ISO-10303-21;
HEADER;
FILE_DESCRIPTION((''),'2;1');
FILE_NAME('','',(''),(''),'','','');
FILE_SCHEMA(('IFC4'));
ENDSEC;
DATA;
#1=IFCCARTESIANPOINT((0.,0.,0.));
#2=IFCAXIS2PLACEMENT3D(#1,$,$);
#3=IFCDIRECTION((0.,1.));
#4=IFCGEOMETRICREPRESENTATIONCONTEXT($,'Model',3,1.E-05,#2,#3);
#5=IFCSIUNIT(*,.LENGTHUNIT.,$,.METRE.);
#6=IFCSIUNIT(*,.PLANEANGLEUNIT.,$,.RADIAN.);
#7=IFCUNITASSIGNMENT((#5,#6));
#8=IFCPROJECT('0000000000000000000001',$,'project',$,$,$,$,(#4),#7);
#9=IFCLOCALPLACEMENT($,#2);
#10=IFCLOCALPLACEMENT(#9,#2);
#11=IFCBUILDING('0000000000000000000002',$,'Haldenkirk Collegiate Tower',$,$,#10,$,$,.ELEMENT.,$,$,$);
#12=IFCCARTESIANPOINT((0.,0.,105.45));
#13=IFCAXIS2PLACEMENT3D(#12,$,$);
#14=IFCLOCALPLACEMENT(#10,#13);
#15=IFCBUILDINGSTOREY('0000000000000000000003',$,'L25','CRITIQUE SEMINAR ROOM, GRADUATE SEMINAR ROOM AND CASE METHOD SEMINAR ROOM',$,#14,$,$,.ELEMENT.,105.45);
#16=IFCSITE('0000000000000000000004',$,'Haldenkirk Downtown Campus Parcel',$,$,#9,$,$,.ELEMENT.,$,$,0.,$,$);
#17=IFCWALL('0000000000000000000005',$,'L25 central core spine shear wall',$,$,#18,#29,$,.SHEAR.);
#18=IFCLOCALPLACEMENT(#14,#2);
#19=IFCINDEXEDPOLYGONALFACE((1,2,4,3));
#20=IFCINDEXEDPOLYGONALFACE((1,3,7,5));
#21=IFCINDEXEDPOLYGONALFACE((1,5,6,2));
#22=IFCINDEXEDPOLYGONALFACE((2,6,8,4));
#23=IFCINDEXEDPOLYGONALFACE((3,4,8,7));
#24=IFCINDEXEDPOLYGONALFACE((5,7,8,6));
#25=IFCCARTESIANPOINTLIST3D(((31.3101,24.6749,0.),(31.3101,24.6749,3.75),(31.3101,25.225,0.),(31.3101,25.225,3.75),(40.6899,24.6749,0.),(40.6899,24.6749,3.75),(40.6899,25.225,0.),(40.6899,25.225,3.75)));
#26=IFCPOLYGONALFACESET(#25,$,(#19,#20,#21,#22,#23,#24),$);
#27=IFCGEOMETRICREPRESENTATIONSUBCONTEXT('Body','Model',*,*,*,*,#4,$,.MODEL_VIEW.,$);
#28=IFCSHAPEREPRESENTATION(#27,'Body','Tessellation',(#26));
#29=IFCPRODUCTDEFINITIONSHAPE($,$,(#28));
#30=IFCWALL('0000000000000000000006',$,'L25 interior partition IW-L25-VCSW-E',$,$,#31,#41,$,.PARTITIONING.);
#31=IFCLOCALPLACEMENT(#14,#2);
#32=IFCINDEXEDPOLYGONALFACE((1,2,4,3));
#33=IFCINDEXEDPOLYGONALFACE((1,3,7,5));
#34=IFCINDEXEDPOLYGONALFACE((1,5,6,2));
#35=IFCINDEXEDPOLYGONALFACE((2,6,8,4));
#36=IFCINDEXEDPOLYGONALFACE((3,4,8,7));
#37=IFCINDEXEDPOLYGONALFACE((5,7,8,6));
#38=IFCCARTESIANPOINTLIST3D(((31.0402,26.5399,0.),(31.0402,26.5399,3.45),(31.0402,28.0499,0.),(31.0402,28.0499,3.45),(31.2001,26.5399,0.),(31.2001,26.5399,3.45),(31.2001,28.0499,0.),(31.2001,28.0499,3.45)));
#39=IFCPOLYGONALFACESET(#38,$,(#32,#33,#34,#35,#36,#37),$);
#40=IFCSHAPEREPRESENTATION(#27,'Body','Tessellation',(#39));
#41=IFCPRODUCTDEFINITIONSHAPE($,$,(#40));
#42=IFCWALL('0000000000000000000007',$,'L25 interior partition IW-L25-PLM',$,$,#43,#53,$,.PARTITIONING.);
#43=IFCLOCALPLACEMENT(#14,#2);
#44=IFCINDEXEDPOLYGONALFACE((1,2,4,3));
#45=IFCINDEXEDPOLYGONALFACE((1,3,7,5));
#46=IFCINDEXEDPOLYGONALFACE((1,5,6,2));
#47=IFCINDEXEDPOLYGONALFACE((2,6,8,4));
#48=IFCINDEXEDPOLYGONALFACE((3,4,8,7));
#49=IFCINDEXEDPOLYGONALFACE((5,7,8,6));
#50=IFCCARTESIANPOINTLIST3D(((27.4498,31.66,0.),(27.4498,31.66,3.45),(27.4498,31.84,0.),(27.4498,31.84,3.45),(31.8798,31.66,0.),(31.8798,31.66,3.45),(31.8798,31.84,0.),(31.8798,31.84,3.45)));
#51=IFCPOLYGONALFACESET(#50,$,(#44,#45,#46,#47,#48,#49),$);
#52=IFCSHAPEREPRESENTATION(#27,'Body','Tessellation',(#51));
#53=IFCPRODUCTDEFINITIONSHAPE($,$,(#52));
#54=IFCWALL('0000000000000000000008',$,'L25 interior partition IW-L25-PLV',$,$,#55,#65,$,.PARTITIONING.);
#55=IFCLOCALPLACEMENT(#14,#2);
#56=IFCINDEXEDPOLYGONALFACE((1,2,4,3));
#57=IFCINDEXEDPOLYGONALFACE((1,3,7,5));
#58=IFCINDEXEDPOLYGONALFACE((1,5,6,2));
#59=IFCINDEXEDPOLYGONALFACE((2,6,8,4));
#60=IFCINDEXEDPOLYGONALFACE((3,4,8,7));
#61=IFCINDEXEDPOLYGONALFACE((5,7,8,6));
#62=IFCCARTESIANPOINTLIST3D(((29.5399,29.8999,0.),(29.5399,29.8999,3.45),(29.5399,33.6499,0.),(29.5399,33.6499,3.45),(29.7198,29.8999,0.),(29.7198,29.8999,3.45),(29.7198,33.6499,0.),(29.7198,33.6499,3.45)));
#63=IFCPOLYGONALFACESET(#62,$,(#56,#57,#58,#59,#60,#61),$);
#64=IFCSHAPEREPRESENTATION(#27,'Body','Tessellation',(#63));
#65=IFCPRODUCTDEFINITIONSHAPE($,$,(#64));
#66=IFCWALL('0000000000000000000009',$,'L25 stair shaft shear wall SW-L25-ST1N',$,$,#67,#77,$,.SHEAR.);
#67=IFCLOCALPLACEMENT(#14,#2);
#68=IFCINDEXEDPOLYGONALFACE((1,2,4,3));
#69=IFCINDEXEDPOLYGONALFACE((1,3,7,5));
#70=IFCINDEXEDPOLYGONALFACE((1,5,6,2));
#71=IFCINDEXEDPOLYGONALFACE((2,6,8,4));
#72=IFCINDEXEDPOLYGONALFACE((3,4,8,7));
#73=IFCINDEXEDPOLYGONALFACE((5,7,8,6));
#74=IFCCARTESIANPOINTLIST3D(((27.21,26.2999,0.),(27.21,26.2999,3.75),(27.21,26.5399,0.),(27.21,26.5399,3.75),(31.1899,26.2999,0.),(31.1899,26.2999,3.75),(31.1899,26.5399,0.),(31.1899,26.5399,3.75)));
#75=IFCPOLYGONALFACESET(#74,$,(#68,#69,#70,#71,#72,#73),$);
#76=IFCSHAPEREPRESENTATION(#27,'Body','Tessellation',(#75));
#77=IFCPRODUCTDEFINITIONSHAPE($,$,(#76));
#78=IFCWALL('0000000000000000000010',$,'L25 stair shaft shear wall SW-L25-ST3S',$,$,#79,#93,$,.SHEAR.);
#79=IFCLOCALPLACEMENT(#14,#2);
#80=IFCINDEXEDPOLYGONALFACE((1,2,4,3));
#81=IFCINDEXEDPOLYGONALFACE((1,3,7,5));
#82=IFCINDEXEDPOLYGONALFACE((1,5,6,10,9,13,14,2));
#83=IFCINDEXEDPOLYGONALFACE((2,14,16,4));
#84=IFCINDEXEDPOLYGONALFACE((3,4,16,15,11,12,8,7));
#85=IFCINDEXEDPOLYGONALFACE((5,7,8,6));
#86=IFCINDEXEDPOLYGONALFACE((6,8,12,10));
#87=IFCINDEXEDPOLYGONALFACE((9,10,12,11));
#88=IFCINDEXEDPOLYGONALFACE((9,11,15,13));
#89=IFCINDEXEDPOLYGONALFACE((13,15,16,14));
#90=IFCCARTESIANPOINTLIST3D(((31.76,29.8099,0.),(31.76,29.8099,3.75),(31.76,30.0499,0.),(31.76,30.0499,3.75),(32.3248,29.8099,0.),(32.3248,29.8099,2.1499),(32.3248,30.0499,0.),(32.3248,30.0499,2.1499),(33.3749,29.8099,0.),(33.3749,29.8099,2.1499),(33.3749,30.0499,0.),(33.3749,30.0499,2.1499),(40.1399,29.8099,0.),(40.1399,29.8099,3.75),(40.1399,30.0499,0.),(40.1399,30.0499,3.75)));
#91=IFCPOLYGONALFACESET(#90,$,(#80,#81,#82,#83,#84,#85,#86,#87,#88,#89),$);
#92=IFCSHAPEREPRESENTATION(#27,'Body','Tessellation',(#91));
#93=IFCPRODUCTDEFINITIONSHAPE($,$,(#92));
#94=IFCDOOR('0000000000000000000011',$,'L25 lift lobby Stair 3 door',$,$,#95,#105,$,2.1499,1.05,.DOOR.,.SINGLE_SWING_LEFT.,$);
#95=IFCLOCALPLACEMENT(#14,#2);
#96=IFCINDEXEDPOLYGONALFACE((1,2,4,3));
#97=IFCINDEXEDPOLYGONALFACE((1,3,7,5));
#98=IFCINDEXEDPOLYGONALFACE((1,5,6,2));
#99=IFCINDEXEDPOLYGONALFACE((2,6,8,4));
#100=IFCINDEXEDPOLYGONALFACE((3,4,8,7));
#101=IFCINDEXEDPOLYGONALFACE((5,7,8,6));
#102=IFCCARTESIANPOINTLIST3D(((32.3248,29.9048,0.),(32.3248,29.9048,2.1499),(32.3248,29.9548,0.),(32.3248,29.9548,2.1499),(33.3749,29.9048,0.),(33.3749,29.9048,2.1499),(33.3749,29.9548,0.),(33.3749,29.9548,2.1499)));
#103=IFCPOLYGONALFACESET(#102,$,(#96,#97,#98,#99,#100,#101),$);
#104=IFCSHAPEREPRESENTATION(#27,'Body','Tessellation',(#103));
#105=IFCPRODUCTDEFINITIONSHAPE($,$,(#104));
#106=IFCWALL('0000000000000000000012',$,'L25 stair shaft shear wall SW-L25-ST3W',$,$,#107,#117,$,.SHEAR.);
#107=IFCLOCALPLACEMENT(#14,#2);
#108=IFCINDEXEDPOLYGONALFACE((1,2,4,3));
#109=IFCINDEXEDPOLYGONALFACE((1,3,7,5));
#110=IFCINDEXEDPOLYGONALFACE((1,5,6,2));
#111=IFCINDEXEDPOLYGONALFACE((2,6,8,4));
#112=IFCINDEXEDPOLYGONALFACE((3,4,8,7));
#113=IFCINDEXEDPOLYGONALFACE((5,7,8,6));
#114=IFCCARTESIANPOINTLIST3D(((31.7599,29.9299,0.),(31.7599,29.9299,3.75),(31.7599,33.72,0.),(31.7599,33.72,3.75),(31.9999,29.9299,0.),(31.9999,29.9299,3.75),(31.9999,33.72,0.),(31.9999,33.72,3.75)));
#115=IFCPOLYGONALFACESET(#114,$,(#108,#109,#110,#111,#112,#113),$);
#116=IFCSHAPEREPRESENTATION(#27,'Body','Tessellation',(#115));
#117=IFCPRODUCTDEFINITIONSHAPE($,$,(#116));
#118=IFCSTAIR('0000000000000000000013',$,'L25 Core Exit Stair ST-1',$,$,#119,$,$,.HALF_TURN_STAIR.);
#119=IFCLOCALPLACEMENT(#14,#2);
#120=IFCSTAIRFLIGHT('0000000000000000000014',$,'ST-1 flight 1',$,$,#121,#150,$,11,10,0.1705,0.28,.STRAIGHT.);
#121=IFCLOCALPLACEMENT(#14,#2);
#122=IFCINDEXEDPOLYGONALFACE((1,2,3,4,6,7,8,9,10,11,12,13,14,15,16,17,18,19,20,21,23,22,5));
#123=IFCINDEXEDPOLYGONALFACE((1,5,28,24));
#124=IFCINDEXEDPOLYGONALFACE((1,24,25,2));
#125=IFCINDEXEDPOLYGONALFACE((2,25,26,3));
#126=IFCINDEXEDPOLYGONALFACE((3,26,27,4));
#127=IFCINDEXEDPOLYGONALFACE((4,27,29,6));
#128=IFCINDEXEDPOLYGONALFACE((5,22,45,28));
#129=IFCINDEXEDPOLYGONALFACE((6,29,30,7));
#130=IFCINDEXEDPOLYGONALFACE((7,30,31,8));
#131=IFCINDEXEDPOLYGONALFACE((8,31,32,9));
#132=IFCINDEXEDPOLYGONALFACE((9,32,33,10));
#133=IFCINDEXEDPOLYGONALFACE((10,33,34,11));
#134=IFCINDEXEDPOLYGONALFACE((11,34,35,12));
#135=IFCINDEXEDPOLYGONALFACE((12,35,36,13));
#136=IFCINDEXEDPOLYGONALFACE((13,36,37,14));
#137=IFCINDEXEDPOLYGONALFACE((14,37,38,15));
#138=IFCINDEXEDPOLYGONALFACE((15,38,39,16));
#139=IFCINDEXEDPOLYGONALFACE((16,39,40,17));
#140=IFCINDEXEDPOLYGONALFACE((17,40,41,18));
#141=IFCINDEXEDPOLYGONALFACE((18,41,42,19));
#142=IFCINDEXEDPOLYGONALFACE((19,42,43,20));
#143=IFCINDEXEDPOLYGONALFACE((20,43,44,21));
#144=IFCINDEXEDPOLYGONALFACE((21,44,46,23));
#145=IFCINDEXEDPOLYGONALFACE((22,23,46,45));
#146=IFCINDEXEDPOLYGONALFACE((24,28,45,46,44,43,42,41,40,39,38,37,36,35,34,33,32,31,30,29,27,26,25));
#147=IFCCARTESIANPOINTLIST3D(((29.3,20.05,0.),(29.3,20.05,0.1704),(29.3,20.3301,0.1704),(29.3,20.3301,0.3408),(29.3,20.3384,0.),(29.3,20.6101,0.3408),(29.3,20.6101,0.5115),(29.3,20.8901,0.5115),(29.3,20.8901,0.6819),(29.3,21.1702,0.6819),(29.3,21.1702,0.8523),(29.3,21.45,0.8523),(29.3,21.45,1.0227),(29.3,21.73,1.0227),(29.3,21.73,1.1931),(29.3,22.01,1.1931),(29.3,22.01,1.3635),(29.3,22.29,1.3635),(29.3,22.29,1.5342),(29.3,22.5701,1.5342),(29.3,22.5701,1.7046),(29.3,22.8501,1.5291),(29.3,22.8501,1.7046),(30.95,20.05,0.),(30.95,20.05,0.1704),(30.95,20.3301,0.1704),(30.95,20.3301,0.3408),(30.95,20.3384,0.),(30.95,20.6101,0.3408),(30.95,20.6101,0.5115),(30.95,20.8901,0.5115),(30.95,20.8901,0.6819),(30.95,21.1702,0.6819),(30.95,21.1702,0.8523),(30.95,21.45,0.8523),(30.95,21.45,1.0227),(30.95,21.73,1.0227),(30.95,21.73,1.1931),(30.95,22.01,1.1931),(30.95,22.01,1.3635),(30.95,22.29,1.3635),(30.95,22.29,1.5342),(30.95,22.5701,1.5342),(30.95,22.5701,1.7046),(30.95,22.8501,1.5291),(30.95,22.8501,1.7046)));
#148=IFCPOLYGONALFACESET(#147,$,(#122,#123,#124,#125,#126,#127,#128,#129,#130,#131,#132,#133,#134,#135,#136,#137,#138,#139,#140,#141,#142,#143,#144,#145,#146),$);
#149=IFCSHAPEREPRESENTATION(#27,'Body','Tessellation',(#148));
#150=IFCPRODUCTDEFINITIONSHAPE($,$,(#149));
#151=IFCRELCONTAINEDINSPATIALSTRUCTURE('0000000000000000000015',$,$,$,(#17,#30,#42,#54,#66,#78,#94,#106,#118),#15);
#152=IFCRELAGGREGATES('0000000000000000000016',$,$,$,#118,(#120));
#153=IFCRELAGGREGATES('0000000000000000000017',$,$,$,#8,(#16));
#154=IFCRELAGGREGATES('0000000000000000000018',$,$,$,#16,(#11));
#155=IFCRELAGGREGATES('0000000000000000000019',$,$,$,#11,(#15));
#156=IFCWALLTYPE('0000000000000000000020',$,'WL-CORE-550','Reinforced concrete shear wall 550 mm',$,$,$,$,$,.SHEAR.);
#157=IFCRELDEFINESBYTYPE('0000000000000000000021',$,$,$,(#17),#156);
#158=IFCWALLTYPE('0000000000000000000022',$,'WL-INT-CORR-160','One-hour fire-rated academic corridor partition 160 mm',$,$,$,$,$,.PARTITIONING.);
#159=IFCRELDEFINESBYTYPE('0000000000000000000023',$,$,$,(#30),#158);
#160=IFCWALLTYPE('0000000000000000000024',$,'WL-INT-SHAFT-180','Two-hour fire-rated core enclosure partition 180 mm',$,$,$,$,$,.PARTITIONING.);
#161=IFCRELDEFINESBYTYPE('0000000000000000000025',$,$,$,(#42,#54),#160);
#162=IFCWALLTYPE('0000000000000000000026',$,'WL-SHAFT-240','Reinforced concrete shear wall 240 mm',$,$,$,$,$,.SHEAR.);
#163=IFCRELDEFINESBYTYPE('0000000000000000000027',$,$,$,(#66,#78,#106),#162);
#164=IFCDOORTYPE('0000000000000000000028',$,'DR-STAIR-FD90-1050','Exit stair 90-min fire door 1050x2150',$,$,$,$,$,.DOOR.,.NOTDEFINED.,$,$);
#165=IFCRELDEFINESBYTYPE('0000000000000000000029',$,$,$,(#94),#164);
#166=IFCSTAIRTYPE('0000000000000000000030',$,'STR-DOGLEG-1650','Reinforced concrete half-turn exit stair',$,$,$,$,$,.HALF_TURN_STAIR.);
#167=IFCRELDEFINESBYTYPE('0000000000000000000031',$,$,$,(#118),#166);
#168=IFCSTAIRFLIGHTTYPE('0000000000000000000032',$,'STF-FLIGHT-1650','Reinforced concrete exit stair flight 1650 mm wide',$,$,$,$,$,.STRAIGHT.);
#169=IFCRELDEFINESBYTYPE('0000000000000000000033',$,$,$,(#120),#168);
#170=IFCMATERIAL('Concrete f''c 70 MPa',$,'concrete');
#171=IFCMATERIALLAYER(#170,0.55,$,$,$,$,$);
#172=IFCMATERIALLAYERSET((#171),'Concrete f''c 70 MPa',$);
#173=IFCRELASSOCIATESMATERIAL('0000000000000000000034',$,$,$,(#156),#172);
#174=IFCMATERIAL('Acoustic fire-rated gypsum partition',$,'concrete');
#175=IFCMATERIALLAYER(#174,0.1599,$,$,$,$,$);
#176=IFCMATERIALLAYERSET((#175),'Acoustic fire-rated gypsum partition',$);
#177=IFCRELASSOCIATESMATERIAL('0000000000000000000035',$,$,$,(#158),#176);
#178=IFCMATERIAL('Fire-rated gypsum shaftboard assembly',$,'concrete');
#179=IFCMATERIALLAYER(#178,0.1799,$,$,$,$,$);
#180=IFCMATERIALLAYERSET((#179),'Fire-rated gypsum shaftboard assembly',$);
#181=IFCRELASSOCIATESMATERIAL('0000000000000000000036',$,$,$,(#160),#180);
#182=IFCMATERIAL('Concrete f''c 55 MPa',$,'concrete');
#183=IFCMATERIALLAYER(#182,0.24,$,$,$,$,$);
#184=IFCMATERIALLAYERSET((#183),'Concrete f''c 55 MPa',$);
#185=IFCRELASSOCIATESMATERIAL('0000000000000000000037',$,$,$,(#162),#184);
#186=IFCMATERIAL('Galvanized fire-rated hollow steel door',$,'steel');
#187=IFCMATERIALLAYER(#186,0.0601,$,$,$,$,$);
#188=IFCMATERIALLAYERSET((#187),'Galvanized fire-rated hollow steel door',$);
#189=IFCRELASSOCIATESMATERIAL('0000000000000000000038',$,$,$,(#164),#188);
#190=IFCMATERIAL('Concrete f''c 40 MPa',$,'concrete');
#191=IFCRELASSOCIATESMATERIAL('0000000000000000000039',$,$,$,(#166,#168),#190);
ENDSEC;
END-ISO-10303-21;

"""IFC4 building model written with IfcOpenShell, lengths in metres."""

from ifc_helpers import new_model, si_unit, direction, frame, frame_2d, origin, place, context, subcontext, project, spatial, polyline, rectangle, outline, extrude, material, layer, layer_set, type_object, element, fill, aggregate, save


model = new_model("IFC4")

# Units and contexts
model_context = context("Model", 3, precision=1e-05, world=origin(), true_north=direction((0.0, 1.0)))
body_context = subcontext(model_context, "Body", "Model", "MODEL_VIEW")
ifc_project = project(units=[si_unit("LENGTHUNIT", "METRE"), si_unit("PLANEANGLEUNIT", "RADIAN")], contexts=[model_context])

# Site, building, storey
site_placement = place(None, origin())
site = spatial("IfcSite", under=ifc_project, at=site_placement, Name="Haldenkirk Downtown Campus Parcel", CompositionType="ELEMENT", RefElevation=0.0)
building_placement = place(site_placement, origin())
building = spatial("IfcBuilding", under=site, at=building_placement, Name="Haldenkirk Collegiate Tower", CompositionType="ELEMENT")
storey_placement = place(building_placement, frame((0.0, 0.0, 105.45)))
storey = spatial("IfcBuildingStorey", under=building, at=storey_placement, Name="L25", Description="CRITIQUE SEMINAR ROOM, GRADUATE SEMINAR ROOM AND CASE METHOD SEMINAR ROOM", CompositionType="ELEMENT", Elevation=105.45)

# Wall
ifc_material_1 = material(Name="Concrete f'c 70 MPa", Category="concrete")
ifc_layer_1 = layer(ifc_material_1, 0.55)
ifc_layer_set_1 = layer_set([ifc_layer_1], Name="Concrete f'c 70 MPa")
wall_type_1 = type_object("IfcWallType", Name="WL-CORE-550", Description="Reinforced concrete shear wall 550 mm", PredefinedType="SHEAR", material=ifc_layer_set_1)
wall_1_placement = place(storey_placement, frame((31.3101, 24.95, 0.0), z_axis=(0.0, 0.0, 1.0), x_axis=(1.0, 0.0, 0.0)))
element("IfcWall", 1, at=wall_1_placement, inside=storey, type_object=wall_type_1, Name="L25 central core spine shear wall", PredefinedType="SHEAR", context=body_context, shape_type="SweptSolid", body=[
    extrude(rectangle(XDim=9.3799, YDim=0.55, at=frame_2d((4.6899, 0.0))), origin(), (0.0, 0.0, 1.0), 3.75),
])

# Shared definitions
ifc_material_2 = material(Name="Acoustic fire-rated gypsum partition", Category="concrete")
ifc_layer_2 = layer(ifc_material_2, 0.1599)
ifc_layer_set_2 = layer_set([ifc_layer_2], Name="Acoustic fire-rated gypsum partition")
wall_type_2 = type_object("IfcWallType", Name="WL-INT-CORR-160", Description="One-hour fire-rated academic corridor partition 160 mm", PredefinedType="PARTITIONING", material=ifc_layer_set_2)

# Wall
wall_2_placement = place(storey_placement, frame((31.1201, 26.54, 0.0), z_axis=(0.0, 0.0, 1.0), x_axis=(0.0, 1.0, 0.0)))
element("IfcWall", 2, at=wall_2_placement, inside=storey, type_object=wall_type_2, Name="L25 interior partition IW-L25-VCSW-E", PredefinedType="PARTITIONING", context=body_context, shape_type="SweptSolid", body=[
    extrude(rectangle(XDim=1.51, YDim=0.1599, at=frame_2d((0.7549, 0.0))), origin(), (0.0, 0.0, 1.0), 3.45),
])

# Shared definitions
ifc_material_3 = material(Name="Fire-rated gypsum shaftboard assembly", Category="concrete")
ifc_layer_3 = layer(ifc_material_3, 0.1799)
ifc_layer_set_3 = layer_set([ifc_layer_3], Name="Fire-rated gypsum shaftboard assembly")
wall_type_3 = type_object("IfcWallType", Name="WL-INT-SHAFT-180", Description="Two-hour fire-rated core enclosure partition 180 mm", PredefinedType="PARTITIONING", material=ifc_layer_set_3)

# Walls
wall_3_placement = place(storey_placement, frame((27.45, 31.75, 0.0), z_axis=(0.0, 0.0, 1.0), x_axis=(1.0, 0.0, 0.0)))
element("IfcWall", 3, at=wall_3_placement, inside=storey, type_object=wall_type_3, Name="L25 interior partition IW-L25-PLM", PredefinedType="PARTITIONING", context=body_context, shape_type="SweptSolid", body=[
    extrude(rectangle(XDim=4.4299, YDim=0.1799, at=frame_2d((2.2148, 0.0))), origin(), (0.0, 0.0, 1.0), 3.45),
])
wall_4_placement = place(storey_placement, frame((29.6299, 29.8999, 0.0), z_axis=(0.0, 0.0, 1.0), x_axis=(0.0, 1.0, 0.0)))
element("IfcWall", 4, at=wall_4_placement, inside=storey, type_object=wall_type_3, Name="L25 interior partition IW-L25-PLV", PredefinedType="PARTITIONING", context=body_context, shape_type="SweptSolid", body=[
    extrude(rectangle(XDim=3.75, YDim=0.1799, at=frame_2d((1.875, 0.0))), origin(), (0.0, 0.0, 1.0), 3.45),
])

# Shared definitions
ifc_material_4 = material(Name="Galvanized fire-rated hollow steel door", Category="steel")

# Wall
ifc_material_5 = material(Name="Concrete f'c 55 MPa", Category="concrete")
ifc_layer_4 = layer(ifc_material_5, 0.24)
ifc_layer_set_4 = layer_set([ifc_layer_4], Name="Concrete f'c 55 MPa")
wall_type_4 = type_object("IfcWallType", Name="WL-SHAFT-240", Description="Reinforced concrete shear wall 240 mm", PredefinedType="SHEAR", material=ifc_layer_set_4)
wall_5_placement = place(storey_placement, frame((27.21, 26.4199, 0.0), z_axis=(0.0, 0.0, 1.0), x_axis=(1.0, 0.0, 0.0)))
element("IfcWall", 5, at=wall_5_placement, inside=storey, type_object=wall_type_4, Name="L25 stair shaft shear wall SW-L25-ST1N", PredefinedType="SHEAR", context=body_context, shape_type="SweptSolid", body=[
    extrude(rectangle(XDim=3.98, YDim=0.24, at=frame_2d((1.99, 0.0))), origin(), (0.0, 0.0, 1.0), 3.75),
])

# Wall, opening, door
wall_6_placement = place(storey_placement, frame((31.76, 29.9299, 0.0), z_axis=(0.0, 0.0, 1.0), x_axis=(1.0, 0.0, 0.0)))
wall_6 = element("IfcWall", 6, at=wall_6_placement, inside=storey, type_object=wall_type_4, Name="L25 stair shaft shear wall SW-L25-ST3S", PredefinedType="SHEAR", context=body_context, shape_type="SweptSolid", body=[
    extrude(rectangle(XDim=8.3799, YDim=0.24, at=frame_2d((4.1899, 0.0))), origin(), (0.0, 0.0, 1.0), 3.75),
])
opening_1_placement = place(wall_6_placement, frame((0.5649, 0.0, 0.0)))
opening_1 = element("IfcOpeningElement", 7, at=opening_1_placement, cuts=wall_6, PredefinedType="OPENING", context=body_context, shape_type="SweptSolid", body=[
    extrude(rectangle(XDim=1.05, YDim=2.1499, at=frame_2d((0.5249, 1.075))), frame((0.0, 0.1299, 0.0), z_axis=(0.0, -1.0, 0.0), x_axis=(1.0, 0.0, 0.0)), (0.0, 0.0, 1.0), 0.26),
])
ifc_layer_5 = layer(ifc_material_4, 0.0601)
ifc_layer_set_5 = layer_set([ifc_layer_5], Name="Galvanized fire-rated hollow steel door")
door_type_1 = type_object("IfcDoorType", Name="DR-STAIR-FD90-1050", Description="Exit stair 90-min fire door 1050x2150", OperationType="NOTDEFINED", PredefinedType="DOOR", material=ifc_layer_set_5)
door_1_placement = place(opening_1_placement, origin())
door_1 = element("IfcDoor", 8, at=door_1_placement, inside=storey, type_object=door_type_1, Name="L25 lift lobby Stair 3 door", OperationType="SINGLE_SWING_LEFT", OverallHeight=2.1499, OverallWidth=1.05, PredefinedType="DOOR", context=body_context, shape_type="SweptSolid", body=[
    extrude(rectangle(XDim=1.05, YDim=2.1499, at=frame_2d((0.5249, 1.075))), frame((0.0, 0.0249, 0.0), z_axis=(0.0, -1.0, 0.0), x_axis=(1.0, 0.0, 0.0)), (0.0, 0.0, 1.0), 0.05),
])
fill(opening_1, door_1)

# Wall
wall_7_placement = place(storey_placement, frame((31.8799, 29.9299, 0.0), z_axis=(0.0, 0.0, 1.0), x_axis=(0.0, 1.0, 0.0)))
element("IfcWall", 9, at=wall_7_placement, inside=storey, type_object=wall_type_4, Name="L25 stair shaft shear wall SW-L25-ST3W", PredefinedType="SHEAR", context=body_context, shape_type="SweptSolid", body=[
    extrude(rectangle(XDim=3.79, YDim=0.24, at=frame_2d((1.895, 0.0))), origin(), (0.0, 0.0, 1.0), 3.75),
])

# Stair, stair flight
ifc_material_6 = material(Name="Concrete f'c 40 MPa", Category="concrete")
stair_type = type_object("IfcStairType", Name="STR-DOGLEG-1650", Description="Reinforced concrete half-turn exit stair", PredefinedType="HALF_TURN_STAIR", material=ifc_material_6)
stair_placement = place(storey_placement, origin())
stair = element("IfcStair", 10, at=stair_placement, inside=storey, type_object=stair_type, Name="L25 Core Exit Stair ST-1", PredefinedType="HALF_TURN_STAIR")
stair_flight_type = type_object("IfcStairFlightType", Name="STF-FLIGHT-1650", Description="Reinforced concrete exit stair flight 1650 mm wide", PredefinedType="STRAIGHT", material=ifc_material_6)
stair_flight_1_placement = place(storey_placement, frame((30.125, 20.05, 0.0), z_axis=(0.0, 0.0, 1.0), x_axis=(0.0, 1.0, 0.0)))
stair_flight_1 = element("IfcStairFlight", 11, at=stair_flight_1_placement, type_object=stair_flight_type, Name="ST-1 flight 1", NumberOfRisers=11, NumberOfTreads=10, PredefinedType="STRAIGHT", RiserHeight=0.1705, TreadLength=0.28, context=body_context, shape_type="SweptSolid", body=[
    extrude(outline(polyline([(0.0, 0.0), (0.0, 0.1704), (0.28, 0.1704), (0.28, 0.3408), (0.5601, 0.3408), (0.5601, 0.5115), (0.8401, 0.5115), (0.8401, 0.6819), (1.1201, 0.6819), (1.1201, 0.8523), (1.3999, 0.8523), (1.3999, 1.0227), (1.6799, 1.0227), (1.6799, 1.1931), (1.96, 1.1931), (1.96, 1.3635), (2.24, 1.3635), (2.24, 1.5342), (2.52, 1.5342), (2.52, 1.7046), (2.8, 1.7046), (2.8, 1.875), (2.8, 1.5291), (0.2883, 0.0), (0.0, 0.0)])), frame((0.0, 0.825, 0.0), z_axis=(0.0, -1.0, 0.0), x_axis=(1.0, 0.0, 0.0)), (0.0, 0.0, 1.0), 1.6499),
])
aggregate(stair, [stair_flight_1])

save(model, "model.ifc")
